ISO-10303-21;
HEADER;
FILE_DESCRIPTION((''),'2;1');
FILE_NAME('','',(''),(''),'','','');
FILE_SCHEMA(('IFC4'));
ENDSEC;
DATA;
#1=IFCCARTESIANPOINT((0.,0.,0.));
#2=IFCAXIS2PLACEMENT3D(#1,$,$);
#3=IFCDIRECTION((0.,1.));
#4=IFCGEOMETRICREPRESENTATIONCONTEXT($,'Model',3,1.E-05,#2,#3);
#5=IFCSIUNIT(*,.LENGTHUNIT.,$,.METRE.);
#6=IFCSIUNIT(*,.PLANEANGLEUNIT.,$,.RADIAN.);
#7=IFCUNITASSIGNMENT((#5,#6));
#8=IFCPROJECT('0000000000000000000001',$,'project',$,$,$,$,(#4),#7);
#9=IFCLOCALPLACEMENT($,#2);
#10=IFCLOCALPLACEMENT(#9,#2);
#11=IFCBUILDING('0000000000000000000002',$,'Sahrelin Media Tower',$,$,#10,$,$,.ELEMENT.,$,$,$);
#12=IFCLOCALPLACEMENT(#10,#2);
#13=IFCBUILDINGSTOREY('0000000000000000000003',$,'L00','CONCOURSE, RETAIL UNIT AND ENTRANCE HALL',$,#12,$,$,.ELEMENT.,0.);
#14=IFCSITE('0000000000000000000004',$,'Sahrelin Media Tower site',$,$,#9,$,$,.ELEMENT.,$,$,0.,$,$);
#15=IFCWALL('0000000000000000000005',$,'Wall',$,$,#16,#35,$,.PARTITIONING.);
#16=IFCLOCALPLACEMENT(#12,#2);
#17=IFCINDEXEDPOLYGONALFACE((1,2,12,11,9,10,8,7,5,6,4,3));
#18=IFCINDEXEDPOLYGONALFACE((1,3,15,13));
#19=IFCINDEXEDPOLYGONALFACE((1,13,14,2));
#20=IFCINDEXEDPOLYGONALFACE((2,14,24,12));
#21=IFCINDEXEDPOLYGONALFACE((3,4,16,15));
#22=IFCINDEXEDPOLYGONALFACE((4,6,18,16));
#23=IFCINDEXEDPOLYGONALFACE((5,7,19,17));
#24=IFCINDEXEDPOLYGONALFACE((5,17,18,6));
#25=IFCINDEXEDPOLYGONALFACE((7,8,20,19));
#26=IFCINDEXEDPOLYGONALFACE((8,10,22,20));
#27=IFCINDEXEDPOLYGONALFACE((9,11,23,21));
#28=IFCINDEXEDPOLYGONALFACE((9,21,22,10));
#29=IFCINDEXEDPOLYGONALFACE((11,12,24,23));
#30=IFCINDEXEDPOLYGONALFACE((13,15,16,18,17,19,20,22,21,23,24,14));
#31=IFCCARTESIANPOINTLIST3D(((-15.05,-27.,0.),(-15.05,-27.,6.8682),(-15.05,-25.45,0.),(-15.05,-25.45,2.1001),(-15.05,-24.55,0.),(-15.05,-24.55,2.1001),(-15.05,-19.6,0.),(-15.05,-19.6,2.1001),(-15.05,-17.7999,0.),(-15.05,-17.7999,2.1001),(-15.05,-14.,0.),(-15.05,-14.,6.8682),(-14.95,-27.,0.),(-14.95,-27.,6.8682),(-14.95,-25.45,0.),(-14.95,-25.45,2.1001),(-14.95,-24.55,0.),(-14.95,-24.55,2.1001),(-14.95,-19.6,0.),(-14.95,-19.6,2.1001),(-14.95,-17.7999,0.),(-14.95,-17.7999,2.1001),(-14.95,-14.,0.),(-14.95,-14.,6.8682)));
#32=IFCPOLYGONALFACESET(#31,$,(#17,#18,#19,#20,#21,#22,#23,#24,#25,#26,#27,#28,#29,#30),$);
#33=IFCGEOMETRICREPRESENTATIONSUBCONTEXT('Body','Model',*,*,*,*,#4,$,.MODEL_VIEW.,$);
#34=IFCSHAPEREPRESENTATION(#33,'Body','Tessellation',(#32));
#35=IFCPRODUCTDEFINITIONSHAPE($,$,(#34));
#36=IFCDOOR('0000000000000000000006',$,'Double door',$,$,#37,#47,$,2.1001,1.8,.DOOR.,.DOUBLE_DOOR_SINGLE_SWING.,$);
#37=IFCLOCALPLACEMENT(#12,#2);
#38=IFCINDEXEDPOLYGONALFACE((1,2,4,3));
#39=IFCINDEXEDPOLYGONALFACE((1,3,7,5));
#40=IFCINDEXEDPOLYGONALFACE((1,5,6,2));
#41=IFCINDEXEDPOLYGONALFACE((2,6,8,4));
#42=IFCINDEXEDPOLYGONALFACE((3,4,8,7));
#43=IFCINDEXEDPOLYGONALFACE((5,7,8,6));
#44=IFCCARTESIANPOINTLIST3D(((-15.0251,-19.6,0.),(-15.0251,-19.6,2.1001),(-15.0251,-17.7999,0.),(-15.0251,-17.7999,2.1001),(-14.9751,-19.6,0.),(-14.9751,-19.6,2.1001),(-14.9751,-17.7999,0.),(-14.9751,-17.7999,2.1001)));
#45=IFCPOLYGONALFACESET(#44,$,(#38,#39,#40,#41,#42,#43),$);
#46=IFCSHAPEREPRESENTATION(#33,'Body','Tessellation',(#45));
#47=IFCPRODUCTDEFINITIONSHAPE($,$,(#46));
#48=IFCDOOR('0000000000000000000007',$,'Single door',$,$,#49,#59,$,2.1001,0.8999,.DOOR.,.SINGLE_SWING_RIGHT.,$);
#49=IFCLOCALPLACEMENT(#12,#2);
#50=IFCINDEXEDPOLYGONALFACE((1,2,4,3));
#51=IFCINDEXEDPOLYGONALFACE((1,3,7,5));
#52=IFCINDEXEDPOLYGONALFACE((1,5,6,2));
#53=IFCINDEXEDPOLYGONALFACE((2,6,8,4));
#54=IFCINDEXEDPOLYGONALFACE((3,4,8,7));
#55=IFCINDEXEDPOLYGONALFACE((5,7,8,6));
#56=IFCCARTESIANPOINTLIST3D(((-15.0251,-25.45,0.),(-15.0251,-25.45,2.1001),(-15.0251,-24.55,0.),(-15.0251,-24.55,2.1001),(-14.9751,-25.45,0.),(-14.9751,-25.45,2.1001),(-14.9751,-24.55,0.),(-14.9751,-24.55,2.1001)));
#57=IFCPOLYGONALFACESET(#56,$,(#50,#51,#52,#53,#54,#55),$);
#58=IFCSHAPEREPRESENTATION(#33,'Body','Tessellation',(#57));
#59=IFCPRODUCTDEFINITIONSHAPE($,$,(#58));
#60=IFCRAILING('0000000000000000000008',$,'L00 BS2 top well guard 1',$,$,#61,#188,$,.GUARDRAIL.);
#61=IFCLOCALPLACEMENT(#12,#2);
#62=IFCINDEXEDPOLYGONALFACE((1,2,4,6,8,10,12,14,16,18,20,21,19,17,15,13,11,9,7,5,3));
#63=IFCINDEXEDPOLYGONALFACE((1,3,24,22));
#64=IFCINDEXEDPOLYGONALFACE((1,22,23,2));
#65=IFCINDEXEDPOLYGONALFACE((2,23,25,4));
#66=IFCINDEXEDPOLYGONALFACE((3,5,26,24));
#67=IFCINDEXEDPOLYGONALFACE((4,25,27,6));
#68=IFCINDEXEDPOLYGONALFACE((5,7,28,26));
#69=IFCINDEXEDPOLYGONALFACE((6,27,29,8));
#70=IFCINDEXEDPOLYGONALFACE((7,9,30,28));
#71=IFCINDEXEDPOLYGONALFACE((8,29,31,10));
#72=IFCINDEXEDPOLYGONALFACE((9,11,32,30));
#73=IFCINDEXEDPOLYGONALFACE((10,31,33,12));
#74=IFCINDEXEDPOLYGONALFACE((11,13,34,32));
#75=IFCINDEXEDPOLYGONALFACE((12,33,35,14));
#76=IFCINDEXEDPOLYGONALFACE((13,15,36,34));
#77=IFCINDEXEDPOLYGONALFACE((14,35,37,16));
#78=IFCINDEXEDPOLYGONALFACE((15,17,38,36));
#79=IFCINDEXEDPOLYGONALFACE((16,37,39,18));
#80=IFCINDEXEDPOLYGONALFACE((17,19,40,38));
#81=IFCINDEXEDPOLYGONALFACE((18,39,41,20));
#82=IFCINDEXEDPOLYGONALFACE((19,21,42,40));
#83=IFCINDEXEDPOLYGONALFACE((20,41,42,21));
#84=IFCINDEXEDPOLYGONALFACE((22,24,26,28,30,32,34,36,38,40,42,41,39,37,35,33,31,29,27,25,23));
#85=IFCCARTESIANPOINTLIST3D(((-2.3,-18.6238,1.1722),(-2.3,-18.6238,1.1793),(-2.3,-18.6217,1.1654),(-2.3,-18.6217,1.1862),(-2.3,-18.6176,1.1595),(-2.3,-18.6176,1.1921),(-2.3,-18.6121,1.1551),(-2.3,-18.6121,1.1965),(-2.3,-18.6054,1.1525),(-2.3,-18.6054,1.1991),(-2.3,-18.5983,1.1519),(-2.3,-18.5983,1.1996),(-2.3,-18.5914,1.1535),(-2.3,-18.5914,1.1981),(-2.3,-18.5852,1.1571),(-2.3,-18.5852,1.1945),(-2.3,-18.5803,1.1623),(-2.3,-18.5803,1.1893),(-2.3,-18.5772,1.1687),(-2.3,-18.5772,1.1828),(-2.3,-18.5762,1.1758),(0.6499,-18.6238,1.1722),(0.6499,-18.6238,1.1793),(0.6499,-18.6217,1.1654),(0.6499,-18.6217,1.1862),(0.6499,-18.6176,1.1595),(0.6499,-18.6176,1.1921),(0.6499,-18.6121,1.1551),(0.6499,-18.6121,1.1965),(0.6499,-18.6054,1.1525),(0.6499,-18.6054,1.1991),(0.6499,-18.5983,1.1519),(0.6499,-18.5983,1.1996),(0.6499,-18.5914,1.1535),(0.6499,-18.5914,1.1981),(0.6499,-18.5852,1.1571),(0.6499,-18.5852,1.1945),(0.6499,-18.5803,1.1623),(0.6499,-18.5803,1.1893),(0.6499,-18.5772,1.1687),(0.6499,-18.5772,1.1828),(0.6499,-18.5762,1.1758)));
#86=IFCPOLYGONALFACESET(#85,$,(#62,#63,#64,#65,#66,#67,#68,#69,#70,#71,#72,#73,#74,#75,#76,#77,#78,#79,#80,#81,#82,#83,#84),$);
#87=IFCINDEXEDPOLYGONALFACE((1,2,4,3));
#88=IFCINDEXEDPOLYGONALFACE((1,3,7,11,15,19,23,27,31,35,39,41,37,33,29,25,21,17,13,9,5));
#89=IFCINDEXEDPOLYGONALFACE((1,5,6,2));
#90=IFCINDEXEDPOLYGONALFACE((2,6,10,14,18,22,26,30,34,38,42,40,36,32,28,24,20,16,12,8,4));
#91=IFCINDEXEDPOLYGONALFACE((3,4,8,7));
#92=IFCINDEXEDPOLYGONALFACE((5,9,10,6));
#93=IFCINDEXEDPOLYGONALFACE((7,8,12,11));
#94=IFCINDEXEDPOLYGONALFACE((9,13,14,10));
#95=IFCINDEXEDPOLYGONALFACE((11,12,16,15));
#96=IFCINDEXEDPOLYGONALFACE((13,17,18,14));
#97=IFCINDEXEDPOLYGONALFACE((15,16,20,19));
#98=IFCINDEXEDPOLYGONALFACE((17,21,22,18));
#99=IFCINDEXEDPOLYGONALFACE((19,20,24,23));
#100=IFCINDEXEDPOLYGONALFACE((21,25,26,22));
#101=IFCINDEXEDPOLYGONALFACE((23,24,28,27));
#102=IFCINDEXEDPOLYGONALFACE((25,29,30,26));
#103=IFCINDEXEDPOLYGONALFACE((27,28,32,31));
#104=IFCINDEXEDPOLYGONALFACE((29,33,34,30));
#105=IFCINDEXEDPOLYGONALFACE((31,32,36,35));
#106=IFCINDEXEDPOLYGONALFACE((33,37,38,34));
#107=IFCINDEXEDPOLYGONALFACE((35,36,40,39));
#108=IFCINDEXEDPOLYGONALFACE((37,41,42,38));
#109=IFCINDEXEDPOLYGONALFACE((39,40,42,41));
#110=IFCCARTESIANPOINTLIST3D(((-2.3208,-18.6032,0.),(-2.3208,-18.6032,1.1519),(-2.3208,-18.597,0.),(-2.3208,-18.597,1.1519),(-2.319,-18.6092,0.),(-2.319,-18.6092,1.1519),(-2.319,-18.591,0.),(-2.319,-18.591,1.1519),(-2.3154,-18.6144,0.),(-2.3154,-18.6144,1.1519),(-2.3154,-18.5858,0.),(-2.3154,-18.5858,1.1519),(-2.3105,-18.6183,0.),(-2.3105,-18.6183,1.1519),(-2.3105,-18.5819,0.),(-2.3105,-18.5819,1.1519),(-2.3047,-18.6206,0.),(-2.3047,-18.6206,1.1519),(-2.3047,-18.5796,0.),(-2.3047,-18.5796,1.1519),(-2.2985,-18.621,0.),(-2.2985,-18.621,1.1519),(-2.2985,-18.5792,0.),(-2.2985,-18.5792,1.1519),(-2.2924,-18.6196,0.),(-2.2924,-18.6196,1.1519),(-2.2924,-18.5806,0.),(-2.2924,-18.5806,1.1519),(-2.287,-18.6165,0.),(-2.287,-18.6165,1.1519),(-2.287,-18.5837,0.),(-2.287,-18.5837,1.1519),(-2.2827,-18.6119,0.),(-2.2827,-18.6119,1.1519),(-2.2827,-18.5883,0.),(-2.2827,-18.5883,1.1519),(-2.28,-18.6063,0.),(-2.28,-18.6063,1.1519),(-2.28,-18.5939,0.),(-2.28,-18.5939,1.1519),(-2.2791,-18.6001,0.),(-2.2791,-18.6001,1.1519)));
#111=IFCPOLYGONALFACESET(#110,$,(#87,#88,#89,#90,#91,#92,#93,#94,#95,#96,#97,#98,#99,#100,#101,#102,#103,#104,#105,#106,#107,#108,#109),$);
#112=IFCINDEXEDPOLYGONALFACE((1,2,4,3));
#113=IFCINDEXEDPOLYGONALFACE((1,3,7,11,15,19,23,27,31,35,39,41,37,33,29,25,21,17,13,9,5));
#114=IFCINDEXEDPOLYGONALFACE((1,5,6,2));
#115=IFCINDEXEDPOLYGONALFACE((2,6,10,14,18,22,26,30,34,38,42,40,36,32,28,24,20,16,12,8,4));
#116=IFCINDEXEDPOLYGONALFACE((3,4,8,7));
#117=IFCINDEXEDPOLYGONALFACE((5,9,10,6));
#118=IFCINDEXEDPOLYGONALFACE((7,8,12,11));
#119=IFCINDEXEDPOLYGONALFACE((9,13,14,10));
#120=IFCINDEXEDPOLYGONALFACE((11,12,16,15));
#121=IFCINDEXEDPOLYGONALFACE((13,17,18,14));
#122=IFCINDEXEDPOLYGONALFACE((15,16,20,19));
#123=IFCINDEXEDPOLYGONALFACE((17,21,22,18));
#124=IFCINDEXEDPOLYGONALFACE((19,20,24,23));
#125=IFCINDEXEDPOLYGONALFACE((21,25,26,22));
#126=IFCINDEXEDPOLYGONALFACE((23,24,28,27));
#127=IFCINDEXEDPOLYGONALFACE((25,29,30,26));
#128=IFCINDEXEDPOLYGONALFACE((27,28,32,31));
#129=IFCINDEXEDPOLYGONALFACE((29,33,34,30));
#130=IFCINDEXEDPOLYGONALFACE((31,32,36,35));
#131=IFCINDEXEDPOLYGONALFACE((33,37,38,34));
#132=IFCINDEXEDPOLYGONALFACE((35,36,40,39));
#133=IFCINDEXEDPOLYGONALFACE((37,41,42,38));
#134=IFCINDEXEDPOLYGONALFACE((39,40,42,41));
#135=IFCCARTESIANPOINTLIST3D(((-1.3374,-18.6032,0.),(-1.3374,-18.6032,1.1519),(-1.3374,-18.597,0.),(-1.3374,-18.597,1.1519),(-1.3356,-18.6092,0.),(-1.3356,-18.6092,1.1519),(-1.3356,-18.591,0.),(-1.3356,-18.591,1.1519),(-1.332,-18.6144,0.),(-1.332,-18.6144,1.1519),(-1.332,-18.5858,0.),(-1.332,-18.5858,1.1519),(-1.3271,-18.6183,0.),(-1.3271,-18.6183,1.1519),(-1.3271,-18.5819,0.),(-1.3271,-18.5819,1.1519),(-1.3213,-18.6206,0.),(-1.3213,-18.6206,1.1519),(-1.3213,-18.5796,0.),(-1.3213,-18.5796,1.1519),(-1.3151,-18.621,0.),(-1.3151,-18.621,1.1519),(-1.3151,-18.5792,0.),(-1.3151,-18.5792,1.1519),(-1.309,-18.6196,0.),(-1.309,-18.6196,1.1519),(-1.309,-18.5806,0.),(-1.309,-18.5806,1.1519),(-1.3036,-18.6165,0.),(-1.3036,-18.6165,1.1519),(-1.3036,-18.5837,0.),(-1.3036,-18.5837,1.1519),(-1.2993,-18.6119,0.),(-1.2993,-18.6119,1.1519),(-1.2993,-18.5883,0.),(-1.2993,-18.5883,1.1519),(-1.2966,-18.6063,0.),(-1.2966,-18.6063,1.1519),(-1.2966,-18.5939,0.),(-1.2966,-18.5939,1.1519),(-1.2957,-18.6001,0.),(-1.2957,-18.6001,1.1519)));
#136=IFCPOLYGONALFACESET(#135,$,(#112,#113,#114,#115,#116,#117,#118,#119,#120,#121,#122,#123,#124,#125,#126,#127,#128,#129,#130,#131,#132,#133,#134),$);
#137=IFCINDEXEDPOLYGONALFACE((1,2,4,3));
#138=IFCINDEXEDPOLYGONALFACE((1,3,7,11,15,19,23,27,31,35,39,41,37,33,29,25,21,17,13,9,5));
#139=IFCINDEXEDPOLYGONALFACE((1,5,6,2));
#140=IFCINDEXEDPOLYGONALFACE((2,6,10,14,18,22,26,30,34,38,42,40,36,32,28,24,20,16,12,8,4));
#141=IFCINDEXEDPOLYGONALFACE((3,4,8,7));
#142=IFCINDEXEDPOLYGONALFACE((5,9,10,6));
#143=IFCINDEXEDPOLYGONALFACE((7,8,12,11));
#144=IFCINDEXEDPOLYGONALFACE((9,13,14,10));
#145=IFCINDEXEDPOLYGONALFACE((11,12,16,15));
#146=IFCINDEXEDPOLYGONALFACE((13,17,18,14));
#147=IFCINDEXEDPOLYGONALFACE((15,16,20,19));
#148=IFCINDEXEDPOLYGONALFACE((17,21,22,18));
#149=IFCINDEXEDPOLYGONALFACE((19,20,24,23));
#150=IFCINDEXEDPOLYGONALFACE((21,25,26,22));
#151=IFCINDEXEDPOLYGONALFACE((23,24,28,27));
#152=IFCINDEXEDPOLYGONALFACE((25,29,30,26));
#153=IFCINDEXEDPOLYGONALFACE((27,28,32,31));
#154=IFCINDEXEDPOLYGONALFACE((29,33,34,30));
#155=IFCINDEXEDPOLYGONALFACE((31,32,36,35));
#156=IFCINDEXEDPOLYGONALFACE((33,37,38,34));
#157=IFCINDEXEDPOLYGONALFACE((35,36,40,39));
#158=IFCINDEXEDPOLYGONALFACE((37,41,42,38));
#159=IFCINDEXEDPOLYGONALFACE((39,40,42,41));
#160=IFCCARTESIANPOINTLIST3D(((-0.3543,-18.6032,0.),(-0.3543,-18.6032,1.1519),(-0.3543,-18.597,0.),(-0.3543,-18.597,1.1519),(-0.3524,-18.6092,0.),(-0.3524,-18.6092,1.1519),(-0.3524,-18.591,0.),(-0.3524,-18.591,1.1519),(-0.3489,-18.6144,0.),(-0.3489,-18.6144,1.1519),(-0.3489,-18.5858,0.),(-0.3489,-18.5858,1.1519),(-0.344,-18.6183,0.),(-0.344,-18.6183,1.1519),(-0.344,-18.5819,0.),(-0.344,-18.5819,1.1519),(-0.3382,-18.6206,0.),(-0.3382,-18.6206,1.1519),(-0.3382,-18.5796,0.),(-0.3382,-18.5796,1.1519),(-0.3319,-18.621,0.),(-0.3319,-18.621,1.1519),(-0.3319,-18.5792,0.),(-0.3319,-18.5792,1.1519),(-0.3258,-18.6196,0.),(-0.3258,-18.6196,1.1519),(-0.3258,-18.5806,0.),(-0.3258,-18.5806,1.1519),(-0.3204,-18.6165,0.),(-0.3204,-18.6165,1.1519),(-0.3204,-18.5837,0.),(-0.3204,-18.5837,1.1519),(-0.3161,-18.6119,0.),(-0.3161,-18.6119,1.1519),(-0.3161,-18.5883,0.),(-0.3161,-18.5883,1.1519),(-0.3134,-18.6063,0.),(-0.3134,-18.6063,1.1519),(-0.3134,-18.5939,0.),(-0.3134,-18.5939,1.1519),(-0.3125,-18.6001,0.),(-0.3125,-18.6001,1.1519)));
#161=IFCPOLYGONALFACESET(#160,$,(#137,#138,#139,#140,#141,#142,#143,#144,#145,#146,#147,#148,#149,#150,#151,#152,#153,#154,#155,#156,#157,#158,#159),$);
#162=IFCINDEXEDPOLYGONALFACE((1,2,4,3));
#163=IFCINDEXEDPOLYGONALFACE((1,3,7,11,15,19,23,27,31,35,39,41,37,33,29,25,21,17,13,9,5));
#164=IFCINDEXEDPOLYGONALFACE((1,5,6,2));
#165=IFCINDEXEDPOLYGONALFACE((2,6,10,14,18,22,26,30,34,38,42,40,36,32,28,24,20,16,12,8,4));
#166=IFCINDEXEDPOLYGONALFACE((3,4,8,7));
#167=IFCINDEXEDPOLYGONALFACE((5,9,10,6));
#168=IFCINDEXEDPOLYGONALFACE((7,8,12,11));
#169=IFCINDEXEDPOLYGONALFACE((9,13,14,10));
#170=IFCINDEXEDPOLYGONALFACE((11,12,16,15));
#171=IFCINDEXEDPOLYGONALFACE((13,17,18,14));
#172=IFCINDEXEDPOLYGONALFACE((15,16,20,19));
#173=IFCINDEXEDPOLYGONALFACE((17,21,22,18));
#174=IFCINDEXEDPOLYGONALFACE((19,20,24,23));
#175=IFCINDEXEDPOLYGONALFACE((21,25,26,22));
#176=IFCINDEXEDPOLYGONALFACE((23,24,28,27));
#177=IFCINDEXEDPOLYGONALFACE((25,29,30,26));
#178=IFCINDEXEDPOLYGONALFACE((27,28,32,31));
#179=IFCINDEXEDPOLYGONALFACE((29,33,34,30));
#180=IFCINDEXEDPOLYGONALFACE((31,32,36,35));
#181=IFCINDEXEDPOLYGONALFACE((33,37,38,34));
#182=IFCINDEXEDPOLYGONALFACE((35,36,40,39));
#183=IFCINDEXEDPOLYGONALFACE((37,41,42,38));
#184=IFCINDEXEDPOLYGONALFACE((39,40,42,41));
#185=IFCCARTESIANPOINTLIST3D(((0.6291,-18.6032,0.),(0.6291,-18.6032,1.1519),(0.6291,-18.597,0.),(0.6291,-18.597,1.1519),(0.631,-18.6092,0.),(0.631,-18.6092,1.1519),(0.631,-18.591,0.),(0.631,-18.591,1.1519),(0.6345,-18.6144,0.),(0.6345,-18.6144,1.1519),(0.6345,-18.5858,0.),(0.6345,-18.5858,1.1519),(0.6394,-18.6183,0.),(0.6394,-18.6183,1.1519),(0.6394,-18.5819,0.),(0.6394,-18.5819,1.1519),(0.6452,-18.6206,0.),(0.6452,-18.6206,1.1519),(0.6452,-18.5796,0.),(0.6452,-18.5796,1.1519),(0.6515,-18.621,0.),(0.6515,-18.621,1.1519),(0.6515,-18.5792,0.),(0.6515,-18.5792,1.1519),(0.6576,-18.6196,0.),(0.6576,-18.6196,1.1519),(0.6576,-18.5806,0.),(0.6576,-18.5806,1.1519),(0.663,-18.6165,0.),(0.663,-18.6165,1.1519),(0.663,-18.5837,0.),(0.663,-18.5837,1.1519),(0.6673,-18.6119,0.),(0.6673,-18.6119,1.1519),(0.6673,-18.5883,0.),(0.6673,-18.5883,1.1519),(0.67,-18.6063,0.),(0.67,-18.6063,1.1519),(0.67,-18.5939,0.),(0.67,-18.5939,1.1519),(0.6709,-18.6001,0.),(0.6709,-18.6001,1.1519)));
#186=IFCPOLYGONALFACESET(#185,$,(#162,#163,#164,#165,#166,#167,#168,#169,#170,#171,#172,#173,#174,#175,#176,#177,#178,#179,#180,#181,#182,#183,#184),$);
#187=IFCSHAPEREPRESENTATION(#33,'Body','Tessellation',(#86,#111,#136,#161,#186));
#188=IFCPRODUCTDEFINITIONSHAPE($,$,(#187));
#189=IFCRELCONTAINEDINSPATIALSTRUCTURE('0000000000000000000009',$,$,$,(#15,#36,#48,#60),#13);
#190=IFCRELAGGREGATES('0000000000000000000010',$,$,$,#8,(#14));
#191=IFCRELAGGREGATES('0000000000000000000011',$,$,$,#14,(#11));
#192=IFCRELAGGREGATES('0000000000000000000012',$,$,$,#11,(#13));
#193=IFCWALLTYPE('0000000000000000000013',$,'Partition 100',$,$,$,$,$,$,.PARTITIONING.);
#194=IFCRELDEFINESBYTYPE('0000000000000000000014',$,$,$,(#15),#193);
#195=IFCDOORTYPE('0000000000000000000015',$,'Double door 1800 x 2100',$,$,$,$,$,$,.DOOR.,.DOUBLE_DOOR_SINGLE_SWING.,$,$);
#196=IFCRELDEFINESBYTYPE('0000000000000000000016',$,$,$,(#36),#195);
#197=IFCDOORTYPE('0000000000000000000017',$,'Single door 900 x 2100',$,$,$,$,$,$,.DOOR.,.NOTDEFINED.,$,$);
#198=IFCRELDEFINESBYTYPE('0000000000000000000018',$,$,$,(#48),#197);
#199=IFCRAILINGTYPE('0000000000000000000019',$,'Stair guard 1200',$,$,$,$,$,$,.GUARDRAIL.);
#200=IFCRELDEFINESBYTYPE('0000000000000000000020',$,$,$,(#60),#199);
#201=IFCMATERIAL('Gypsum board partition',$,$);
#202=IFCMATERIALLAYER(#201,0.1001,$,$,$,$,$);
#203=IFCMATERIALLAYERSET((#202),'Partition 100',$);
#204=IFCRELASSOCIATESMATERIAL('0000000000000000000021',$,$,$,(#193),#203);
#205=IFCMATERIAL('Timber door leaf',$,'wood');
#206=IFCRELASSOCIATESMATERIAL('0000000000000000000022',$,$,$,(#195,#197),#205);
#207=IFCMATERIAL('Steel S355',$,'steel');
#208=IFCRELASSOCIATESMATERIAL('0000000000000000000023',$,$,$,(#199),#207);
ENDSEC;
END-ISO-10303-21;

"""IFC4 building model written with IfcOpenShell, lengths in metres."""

from ifc_helpers import new_model, si_unit, direction, frame, frame_2d, origin, origin_2d, place, context, subcontext, project, spatial, rectangle, circle, extrude, material, layer, layer_set, type_object, element, fill, save


model = new_model("IFC4")

# Units and contexts
model_context = context("Model", 3, precision=1e-05, world=origin(), true_north=direction((0.0, 1.0)))
body_context = subcontext(model_context, "Body", "Model", "MODEL_VIEW")
ifc_project = project(units=[si_unit("LENGTHUNIT", "METRE"), si_unit("PLANEANGLEUNIT", "RADIAN")], contexts=[model_context])

# Site, building, storey
site_placement = place(None, origin())
site = spatial("IfcSite", under=ifc_project, at=site_placement, Name="Sahrelin Media Tower site", CompositionType="ELEMENT", RefElevation=0.0)
building_placement = place(site_placement, origin())
building = spatial("IfcBuilding", under=site, at=building_placement, Name="Sahrelin Media Tower", CompositionType="ELEMENT")
storey_placement = place(building_placement, origin())
storey = spatial("IfcBuildingStorey", under=building, at=storey_placement, Name="L00", Description="CONCOURSE, RETAIL UNIT AND ENTRANCE HALL", CompositionType="ELEMENT", Elevation=0.0)

# Shared definitions
ifc_material_1 = material(Name="Steel S355", Category="steel")

# Wall, openings, doors
ifc_material_2 = material(Name="Gypsum board partition")
ifc_layer_1 = layer(ifc_material_2, 0.1001)
ifc_layer_set_1 = layer_set([ifc_layer_1], Name="Partition 100")
wall_type_1 = type_object("IfcWallType", Name="Partition 100", PredefinedType="PARTITIONING", material=ifc_layer_set_1)
wall_1_placement = place(storey_placement, frame((-15.0, -14.0, 0.0), z_axis=(0.0, 0.0, 1.0), x_axis=(0.0, -1.0, 0.0)))
wall_1 = element("IfcWall", 1, at=wall_1_placement, inside=storey, type_object=wall_type_1, Name="Wall", PredefinedType="PARTITIONING", context=body_context, shape_type="SweptSolid", body=[
    extrude(rectangle(XDim=13.0, YDim=0.1001, at=frame_2d((6.5, 0.0))), origin(), (0.0, 0.0, 1.0), 6.8682),
])
opening_1_placement = place(wall_1_placement, frame((3.8, 0.0, 0.0)))
opening_1 = element("IfcOpeningElement", 2, at=opening_1_placement, cuts=wall_1, PredefinedType="OPENING", context=body_context, shape_type="SweptSolid", body=[
    extrude(rectangle(XDim=1.8, YDim=2.1001, at=frame_2d((0.8999, 1.05))), frame((0.0, 0.05, 0.0), z_axis=(0.0, -1.0, 0.0), x_axis=(1.0, 0.0, 0.0)), (0.0, 0.0, 1.0), 0.1001),
])
opening_2_placement = place(wall_1_placement, frame((10.55, 0.0, 0.0)))
opening_2 = element("IfcOpeningElement", 3, at=opening_2_placement, cuts=wall_1, PredefinedType="OPENING", context=body_context, shape_type="SweptSolid", body=[
    extrude(rectangle(XDim=0.8999, YDim=2.1001, at=frame_2d((0.45, 1.05))), frame((0.0, 0.05, 0.0), z_axis=(0.0, -1.0, 0.0), x_axis=(1.0, 0.0, 0.0)), (0.0, 0.0, 1.0), 0.1001),
])
ifc_material_3 = material(Name="Timber door leaf", Category="wood")
door_type_1 = type_object("IfcDoorType", Name="Double door 1800 x 2100", OperationType="DOUBLE_DOOR_SINGLE_SWING", PredefinedType="DOOR", material=ifc_material_3)
door_1_placement = place(opening_1_placement, origin())
door_1 = element("IfcDoor", 4, at=door_1_placement, inside=storey, type_object=door_type_1, Name="Double door", OperationType="DOUBLE_DOOR_SINGLE_SWING", OverallHeight=2.1001, OverallWidth=1.8, PredefinedType="DOOR", context=body_context, shape_type="SweptSolid", body=[
    extrude(rectangle(XDim=1.8, YDim=2.1001, at=frame_2d((0.8999, 1.05))), frame((0.0, 0.0249, 0.0), z_axis=(0.0, -1.0, 0.0), x_axis=(1.0, 0.0, 0.0)), (0.0, 0.0, 1.0), 0.05),
])
fill(opening_1, door_1)
door_type_2 = type_object("IfcDoorType", Name="Single door 900 x 2100", OperationType="NOTDEFINED", PredefinedType="DOOR", material=ifc_material_3)
door_2_placement = place(opening_2_placement, origin())
door_2 = element("IfcDoor", 5, at=door_2_placement, inside=storey, type_object=door_type_2, Name="Single door", OperationType="SINGLE_SWING_RIGHT", OverallHeight=2.1001, OverallWidth=0.8999, PredefinedType="DOOR", context=body_context, shape_type="SweptSolid", body=[
    extrude(rectangle(XDim=0.8999, YDim=2.1001, at=frame_2d((0.45, 1.05))), frame((0.0, 0.0249, 0.0), z_axis=(0.0, -1.0, 0.0), x_axis=(1.0, 0.0, 0.0)), (0.0, 0.0, 1.0), 0.05),
])
fill(opening_2, door_2)

# Railing
railing_type = type_object("IfcRailingType", Name="Stair guard 1200", PredefinedType="GUARDRAIL", material=ifc_material_1)
railing_placement = place(storey_placement, frame((-2.3, -18.6001, 0.0)))
element("IfcRailing", 6, at=railing_placement, inside=storey, type_object=railing_type, Name="L00 BS2 top well guard 1", PredefinedType="GUARDRAIL", context=body_context, shape_type="SweptSolid", body=[
    extrude(circle(Radius=0.0239, at=origin_2d()), frame((0.0, 0.0, 1.1758), z_axis=(1.0, 0.0, 0.0), x_axis=(0.0, 1.0, 0.0)), (0.0, 0.0, 1.0), 2.95),
    extrude(circle(Radius=0.021, at=origin_2d()), origin(), (0.0, 0.0, 1.0), 1.1519),
    extrude(circle(Radius=0.021, at=origin_2d()), frame((0.9834, 0.0, 0.0)), (0.0, 0.0, 1.0), 1.1519),
    extrude(circle(Radius=0.021, at=origin_2d()), frame((1.9666, 0.0, 0.0)), (0.0, 0.0, 1.0), 1.1519),
    extrude(circle(Radius=0.021, at=origin_2d()), frame((2.95, 0.0, 0.0)), (0.0, 0.0, 1.0), 1.1519),
])

save(model, "model.ifc")
